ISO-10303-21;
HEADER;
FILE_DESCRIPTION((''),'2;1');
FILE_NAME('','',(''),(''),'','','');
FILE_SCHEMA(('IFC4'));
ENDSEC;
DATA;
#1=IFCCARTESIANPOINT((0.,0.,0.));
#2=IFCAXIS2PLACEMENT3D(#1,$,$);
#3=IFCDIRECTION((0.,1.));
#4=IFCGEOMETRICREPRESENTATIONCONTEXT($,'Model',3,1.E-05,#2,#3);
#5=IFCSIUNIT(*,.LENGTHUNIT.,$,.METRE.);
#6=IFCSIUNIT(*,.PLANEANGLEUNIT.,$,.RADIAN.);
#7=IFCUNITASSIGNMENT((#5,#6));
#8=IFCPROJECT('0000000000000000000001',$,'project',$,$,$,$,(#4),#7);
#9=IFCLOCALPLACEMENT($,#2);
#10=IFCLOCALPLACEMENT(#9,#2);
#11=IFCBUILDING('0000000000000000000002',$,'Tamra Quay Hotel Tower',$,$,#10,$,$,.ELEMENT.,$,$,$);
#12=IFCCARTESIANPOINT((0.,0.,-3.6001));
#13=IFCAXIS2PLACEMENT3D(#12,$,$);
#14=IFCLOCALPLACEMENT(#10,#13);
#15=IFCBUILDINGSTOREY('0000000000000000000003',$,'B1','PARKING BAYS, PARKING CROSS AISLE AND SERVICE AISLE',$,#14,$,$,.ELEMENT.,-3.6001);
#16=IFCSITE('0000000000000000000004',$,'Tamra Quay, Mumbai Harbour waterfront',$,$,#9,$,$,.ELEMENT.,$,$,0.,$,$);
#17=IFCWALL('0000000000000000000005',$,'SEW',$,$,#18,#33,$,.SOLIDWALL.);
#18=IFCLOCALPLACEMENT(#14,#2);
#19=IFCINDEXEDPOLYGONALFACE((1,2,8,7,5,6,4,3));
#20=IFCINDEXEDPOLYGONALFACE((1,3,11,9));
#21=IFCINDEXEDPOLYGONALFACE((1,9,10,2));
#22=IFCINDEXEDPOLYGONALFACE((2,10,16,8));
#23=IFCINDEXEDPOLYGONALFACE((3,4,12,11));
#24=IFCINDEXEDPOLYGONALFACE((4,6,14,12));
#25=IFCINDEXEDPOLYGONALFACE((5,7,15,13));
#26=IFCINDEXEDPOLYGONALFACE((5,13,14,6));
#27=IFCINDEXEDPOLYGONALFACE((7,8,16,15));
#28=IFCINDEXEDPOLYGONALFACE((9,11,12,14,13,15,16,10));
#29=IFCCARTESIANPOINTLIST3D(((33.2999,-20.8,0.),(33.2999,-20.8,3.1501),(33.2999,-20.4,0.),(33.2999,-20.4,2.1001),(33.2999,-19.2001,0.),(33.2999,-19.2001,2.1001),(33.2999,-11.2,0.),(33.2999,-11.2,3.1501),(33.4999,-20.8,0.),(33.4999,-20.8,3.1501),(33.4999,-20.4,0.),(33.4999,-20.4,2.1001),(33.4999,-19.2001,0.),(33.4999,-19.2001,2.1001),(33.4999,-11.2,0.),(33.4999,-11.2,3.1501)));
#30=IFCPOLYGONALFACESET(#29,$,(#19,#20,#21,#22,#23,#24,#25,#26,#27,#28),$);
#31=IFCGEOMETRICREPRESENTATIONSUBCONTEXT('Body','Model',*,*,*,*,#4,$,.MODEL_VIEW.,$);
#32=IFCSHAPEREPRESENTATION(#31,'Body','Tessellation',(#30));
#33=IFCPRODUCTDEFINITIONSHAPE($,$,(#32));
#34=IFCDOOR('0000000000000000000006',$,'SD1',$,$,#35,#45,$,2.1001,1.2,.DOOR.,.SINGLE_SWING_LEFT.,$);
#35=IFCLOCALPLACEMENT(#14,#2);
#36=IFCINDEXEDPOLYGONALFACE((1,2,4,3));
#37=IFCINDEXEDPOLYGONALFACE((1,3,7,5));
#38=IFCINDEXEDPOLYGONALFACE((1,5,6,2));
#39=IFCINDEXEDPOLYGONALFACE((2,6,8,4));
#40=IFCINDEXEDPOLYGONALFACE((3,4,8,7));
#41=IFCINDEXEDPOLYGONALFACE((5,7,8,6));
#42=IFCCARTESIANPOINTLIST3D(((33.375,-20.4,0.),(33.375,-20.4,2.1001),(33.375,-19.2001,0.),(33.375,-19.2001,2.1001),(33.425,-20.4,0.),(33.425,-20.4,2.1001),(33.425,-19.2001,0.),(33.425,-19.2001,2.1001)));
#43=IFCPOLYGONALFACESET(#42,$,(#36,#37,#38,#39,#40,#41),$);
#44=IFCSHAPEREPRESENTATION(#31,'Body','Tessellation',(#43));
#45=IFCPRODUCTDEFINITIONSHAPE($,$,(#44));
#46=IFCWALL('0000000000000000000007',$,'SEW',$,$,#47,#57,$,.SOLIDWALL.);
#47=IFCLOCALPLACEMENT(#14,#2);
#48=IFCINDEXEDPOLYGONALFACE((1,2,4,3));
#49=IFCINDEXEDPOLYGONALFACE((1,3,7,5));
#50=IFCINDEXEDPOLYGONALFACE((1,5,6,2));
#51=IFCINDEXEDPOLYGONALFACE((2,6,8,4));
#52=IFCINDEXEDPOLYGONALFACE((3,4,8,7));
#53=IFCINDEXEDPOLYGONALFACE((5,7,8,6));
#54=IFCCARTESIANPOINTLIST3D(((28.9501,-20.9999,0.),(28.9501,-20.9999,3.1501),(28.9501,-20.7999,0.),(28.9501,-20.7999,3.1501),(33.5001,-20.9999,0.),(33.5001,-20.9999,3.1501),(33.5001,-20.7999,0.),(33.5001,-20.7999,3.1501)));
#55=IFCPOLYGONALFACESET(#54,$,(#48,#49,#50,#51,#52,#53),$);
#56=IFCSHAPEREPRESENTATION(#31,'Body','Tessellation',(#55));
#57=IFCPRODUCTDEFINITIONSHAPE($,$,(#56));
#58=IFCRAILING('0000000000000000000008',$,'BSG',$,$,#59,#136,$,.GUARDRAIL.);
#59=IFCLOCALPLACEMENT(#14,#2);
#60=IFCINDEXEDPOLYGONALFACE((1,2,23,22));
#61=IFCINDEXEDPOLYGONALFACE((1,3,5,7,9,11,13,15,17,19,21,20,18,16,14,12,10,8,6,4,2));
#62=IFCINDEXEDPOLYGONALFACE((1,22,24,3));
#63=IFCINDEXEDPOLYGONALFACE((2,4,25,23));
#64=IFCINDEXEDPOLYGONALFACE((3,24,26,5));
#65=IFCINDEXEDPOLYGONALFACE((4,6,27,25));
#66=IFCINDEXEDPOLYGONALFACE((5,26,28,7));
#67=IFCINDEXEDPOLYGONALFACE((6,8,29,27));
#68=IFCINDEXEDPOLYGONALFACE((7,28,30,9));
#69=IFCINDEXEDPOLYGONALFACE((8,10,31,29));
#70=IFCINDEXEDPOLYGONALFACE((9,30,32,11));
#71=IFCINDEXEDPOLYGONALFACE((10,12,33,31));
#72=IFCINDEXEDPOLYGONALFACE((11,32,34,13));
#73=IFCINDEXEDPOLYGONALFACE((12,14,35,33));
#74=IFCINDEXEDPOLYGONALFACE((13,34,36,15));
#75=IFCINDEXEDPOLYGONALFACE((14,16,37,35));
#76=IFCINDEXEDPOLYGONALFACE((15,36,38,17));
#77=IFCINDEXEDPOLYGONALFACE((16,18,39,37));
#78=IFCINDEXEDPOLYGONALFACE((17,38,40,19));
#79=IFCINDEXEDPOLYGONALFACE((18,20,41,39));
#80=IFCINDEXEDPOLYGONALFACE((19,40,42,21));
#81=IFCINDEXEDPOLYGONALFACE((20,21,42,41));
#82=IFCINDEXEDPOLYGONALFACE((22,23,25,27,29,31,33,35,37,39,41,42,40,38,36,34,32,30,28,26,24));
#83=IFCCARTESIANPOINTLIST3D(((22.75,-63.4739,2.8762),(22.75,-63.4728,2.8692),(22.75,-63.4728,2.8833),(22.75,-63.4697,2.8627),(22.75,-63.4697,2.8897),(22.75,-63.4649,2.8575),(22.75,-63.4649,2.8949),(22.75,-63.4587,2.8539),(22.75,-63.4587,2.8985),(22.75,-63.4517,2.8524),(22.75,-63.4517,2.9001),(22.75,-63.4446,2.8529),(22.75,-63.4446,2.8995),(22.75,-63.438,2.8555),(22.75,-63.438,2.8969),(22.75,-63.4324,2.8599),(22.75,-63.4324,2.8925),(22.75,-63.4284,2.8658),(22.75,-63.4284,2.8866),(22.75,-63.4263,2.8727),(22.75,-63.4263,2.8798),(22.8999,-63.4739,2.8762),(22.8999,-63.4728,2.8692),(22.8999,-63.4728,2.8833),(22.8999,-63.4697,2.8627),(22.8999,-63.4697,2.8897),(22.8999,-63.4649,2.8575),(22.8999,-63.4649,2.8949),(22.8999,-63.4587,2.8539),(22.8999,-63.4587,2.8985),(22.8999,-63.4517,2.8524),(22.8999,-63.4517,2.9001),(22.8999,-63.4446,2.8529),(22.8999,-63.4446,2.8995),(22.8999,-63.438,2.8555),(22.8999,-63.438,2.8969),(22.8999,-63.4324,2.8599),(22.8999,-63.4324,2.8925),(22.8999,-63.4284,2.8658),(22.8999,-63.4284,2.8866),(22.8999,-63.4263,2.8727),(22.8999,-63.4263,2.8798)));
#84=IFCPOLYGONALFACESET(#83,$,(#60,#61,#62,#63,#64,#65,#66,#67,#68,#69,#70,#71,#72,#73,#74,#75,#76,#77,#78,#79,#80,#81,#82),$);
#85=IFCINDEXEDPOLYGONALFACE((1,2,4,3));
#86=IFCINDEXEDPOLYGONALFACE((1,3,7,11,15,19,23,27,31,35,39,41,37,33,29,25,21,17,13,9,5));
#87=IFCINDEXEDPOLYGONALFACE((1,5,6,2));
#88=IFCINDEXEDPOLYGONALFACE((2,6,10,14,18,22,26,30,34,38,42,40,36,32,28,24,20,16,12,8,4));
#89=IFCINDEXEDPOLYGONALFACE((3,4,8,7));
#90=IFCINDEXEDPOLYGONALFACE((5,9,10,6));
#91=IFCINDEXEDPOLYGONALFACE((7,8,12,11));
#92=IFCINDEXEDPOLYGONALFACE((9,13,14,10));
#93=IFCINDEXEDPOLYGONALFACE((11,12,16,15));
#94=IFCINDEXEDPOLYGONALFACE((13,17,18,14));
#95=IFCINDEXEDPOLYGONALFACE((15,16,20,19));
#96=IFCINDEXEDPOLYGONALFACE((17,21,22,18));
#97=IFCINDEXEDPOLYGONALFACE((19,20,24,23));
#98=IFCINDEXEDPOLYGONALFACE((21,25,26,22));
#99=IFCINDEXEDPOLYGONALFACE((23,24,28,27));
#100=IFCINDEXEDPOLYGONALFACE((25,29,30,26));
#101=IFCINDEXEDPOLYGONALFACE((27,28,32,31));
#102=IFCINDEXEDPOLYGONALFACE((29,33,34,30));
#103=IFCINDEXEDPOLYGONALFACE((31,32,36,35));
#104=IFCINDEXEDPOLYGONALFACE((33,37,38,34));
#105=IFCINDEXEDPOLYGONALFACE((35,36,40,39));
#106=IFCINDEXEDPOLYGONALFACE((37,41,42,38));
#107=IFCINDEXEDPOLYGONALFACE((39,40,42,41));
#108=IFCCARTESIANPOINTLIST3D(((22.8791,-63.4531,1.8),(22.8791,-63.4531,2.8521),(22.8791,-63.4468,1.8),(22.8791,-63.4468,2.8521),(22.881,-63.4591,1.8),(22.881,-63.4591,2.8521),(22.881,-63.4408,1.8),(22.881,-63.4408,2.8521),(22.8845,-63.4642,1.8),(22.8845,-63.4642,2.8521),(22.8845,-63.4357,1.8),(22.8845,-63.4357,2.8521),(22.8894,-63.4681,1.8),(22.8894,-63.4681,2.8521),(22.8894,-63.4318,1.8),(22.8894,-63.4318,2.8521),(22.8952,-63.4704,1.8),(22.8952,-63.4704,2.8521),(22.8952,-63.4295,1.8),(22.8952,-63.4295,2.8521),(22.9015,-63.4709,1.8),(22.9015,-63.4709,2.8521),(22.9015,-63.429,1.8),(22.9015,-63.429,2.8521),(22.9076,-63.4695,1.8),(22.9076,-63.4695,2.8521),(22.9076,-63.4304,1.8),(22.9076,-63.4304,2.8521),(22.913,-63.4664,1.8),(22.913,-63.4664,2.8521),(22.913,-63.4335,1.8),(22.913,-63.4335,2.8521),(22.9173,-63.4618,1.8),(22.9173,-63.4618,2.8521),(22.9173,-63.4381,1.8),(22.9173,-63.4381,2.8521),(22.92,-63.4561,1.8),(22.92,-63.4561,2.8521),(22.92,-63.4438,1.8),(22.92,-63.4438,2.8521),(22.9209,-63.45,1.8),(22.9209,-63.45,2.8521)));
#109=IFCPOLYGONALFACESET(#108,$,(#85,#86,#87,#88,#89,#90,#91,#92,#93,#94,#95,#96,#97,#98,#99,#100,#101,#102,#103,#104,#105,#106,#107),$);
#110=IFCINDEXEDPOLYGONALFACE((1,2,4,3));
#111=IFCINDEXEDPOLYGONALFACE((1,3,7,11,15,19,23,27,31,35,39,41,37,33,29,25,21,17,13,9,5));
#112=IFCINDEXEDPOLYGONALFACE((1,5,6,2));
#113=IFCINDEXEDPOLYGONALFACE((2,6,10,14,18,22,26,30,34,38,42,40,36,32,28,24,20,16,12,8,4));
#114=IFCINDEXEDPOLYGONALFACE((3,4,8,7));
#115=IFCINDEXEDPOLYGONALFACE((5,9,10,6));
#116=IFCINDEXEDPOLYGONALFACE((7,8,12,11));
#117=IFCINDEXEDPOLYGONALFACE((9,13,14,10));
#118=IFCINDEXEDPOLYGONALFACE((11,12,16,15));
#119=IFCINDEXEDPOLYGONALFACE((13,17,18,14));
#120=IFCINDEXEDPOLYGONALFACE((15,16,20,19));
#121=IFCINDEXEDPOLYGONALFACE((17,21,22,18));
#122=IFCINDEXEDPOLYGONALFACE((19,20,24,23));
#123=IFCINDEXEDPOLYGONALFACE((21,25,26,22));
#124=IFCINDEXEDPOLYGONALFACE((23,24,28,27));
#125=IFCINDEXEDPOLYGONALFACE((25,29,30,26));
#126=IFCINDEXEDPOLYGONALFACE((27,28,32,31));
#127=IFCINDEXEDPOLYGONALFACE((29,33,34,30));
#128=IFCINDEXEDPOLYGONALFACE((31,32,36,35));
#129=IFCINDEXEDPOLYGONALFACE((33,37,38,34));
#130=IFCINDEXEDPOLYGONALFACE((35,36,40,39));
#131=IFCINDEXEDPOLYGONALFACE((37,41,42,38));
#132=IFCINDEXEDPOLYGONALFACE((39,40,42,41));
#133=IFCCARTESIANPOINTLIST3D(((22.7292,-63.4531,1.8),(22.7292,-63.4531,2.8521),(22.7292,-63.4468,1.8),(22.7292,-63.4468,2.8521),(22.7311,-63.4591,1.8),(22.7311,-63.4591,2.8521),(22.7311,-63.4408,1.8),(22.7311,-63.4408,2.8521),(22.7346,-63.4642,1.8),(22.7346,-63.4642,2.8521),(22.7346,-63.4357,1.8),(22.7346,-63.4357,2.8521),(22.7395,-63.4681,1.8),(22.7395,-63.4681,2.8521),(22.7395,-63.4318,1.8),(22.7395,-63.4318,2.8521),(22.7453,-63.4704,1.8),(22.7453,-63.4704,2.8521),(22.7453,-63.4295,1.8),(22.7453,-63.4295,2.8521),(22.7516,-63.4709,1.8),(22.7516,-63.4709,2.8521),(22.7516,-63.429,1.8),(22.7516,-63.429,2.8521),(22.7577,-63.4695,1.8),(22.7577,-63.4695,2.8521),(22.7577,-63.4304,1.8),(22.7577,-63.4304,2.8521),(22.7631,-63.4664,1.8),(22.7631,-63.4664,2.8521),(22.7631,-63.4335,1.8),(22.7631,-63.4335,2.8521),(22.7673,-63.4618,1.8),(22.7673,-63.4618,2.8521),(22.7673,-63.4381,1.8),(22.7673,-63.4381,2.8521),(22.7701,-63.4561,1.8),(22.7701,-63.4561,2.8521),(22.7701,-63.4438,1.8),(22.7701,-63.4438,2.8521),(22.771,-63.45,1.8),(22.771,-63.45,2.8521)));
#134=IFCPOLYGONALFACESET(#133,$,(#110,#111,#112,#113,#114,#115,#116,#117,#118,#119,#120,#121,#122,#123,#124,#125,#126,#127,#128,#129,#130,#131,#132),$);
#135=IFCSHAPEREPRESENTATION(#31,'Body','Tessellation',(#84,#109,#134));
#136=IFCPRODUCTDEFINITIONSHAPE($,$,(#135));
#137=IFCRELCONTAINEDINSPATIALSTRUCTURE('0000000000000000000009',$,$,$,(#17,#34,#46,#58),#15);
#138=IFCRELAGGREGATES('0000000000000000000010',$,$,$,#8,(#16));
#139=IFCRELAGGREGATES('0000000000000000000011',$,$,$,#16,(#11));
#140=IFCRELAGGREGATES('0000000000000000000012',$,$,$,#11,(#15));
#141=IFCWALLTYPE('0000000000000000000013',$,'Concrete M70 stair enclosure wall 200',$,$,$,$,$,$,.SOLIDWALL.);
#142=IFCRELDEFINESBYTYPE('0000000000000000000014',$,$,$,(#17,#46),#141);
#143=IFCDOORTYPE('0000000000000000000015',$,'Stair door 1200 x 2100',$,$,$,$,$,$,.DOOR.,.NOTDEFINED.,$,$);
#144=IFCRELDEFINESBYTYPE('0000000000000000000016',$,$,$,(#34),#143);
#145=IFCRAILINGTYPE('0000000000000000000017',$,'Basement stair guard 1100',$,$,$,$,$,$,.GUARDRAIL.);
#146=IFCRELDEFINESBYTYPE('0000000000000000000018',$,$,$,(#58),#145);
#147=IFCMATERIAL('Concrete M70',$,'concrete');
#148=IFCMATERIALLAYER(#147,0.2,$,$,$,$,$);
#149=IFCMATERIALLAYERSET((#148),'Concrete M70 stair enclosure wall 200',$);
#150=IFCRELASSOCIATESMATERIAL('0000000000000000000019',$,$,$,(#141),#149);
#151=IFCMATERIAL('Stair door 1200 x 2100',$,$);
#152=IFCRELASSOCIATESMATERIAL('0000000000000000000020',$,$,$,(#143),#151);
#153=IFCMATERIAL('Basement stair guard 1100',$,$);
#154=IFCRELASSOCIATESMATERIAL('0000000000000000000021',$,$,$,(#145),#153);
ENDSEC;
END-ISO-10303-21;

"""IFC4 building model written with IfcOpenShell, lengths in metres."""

from ifc_helpers import new_model, si_unit, direction, frame, frame_2d, origin, origin_2d, place, context, subcontext, project, spatial, rectangle, circle, extrude, material, layer, layer_set, type_object, element, fill, save


model = new_model("IFC4")

# Units and contexts
model_context = context("Model", 3, precision=1e-05, world=origin(), true_north=direction((0.0, 1.0)))
body_context = subcontext(model_context, "Body", "Model", "MODEL_VIEW")
ifc_project = project(units=[si_unit("LENGTHUNIT", "METRE"), si_unit("PLANEANGLEUNIT", "RADIAN")], contexts=[model_context])

# Site, building, storey
site_placement = place(None, origin())
site = spatial("IfcSite", under=ifc_project, at=site_placement, Name="Tamra Quay, Mumbai Harbour waterfront", CompositionType="ELEMENT", RefElevation=0.0)
building_placement = place(site_placement, origin())
building = spatial("IfcBuilding", under=site, at=building_placement, Name="Tamra Quay Hotel Tower", CompositionType="ELEMENT")
storey_placement = place(building_placement, frame((0.0, 0.0, -3.6001)))
storey = spatial("IfcBuildingStorey", under=building, at=storey_placement, Name="B1", Description="PARKING BAYS, PARKING CROSS AISLE AND SERVICE AISLE", CompositionType="ELEMENT", Elevation=-3.6001)

# Shared definitions
ifc_material_1 = material(Name="Concrete M70", Category="concrete")

# Shared definitions
ifc_layer_1 = layer(ifc_material_1, 0.2)
ifc_layer_set_1 = layer_set([ifc_layer_1], Name="Concrete M70 stair enclosure wall 200")
wall_type_1 = type_object("IfcWallType", Name="Concrete M70 stair enclosure wall 200", PredefinedType="SOLIDWALL", material=ifc_layer_set_1)

# Wall, opening, door
wall_1_placement = place(storey_placement, frame((33.3999, -20.8, 0.0), z_axis=(0.0, 0.0, 1.0), x_axis=(0.0, 1.0, 0.0)))
wall_1 = element("IfcWall", 1, at=wall_1_placement, inside=storey, type_object=wall_type_1, Name="SEW", PredefinedType="SOLIDWALL", context=body_context, shape_type="SweptSolid", body=[
    extrude(rectangle(XDim=9.6001, YDim=0.2, at=frame_2d((4.8, 0.0))), origin(), (0.0, 0.0, 1.0), 3.1501),
])
opening_1_placement = place(wall_1_placement, frame((0.3999, 0.0, 0.0)))
opening_1 = element("IfcOpeningElement", 2, at=opening_1_placement, cuts=wall_1, PredefinedType="OPENING", context=body_context, shape_type="SweptSolid", body=[
    extrude(rectangle(XDim=1.2, YDim=2.1001, at=frame_2d((0.6001, 1.05))), frame((0.0, 0.1099, 0.0), z_axis=(0.0, -1.0, 0.0), x_axis=(1.0, 0.0, 0.0)), (0.0, 0.0, 1.0), 0.22),
])
ifc_material_2 = material(Name="Stair door 1200 x 2100")
door_type_1 = type_object("IfcDoorType", Name="Stair door 1200 x 2100", OperationType="NOTDEFINED", PredefinedType="DOOR", material=ifc_material_2)
door_1_placement = place(opening_1_placement, origin())
door_1 = element("IfcDoor", 3, at=door_1_placement, inside=storey, type_object=door_type_1, Name="SD1", OperationType="SINGLE_SWING_LEFT", OverallHeight=2.1001, OverallWidth=1.2, PredefinedType="DOOR", context=body_context, shape_type="SweptSolid", body=[
    extrude(rectangle(XDim=1.2, YDim=2.1001, at=frame_2d((0.6001, 1.05))), frame((0.0, 0.0249, 0.0), z_axis=(0.0, -1.0, 0.0), x_axis=(1.0, 0.0, 0.0)), (0.0, 0.0, 1.0), 0.05),
])
fill(opening_1, door_1)

# Wall
wall_2_placement = place(storey_placement, frame((33.5, -20.8999, 0.0), z_axis=(0.0, 0.0, 1.0), x_axis=(-1.0, 0.0, 0.0)))
element("IfcWall", 4, at=wall_2_placement, inside=storey, type_object=wall_type_1, Name="SEW", PredefinedType="SOLIDWALL", context=body_context, shape_type="SweptSolid", body=[
    extrude(rectangle(XDim=4.55, YDim=0.2, at=frame_2d((2.2749, 0.0))), origin(), (0.0, 0.0, 1.0), 3.1501),
])

# Railing
ifc_material_3 = material(Name="Basement stair guard 1100")
railing_type = type_object("IfcRailingType", Name="Basement stair guard 1100", PredefinedType="GUARDRAIL", material=ifc_material_3)
railing_placement = place(storey_placement, frame((22.8999, -63.45, 1.8)))
element("IfcRailing", 5, at=railing_placement, inside=storey, type_object=railing_type, Name="BSG", PredefinedType="GUARDRAIL", context=body_context, shape_type="SweptSolid", body=[
    extrude(circle(Radius=0.0239, at=origin_2d()), frame((0.0, 0.0, 1.0762), z_axis=(-1.0, 0.0, 0.0), x_axis=(0.0, -1.0, 0.0)), (0.0, 0.0, 1.0), 0.1499),
    extrude(circle(Radius=0.021, at=origin_2d()), origin(), (0.0, 0.0, 1.0), 1.052),
    extrude(circle(Radius=0.021, at=origin_2d()), frame((-0.1499, 0.0, 0.0)), (0.0, 0.0, 1.0), 1.052),
])

save(model, "model.ifc")
